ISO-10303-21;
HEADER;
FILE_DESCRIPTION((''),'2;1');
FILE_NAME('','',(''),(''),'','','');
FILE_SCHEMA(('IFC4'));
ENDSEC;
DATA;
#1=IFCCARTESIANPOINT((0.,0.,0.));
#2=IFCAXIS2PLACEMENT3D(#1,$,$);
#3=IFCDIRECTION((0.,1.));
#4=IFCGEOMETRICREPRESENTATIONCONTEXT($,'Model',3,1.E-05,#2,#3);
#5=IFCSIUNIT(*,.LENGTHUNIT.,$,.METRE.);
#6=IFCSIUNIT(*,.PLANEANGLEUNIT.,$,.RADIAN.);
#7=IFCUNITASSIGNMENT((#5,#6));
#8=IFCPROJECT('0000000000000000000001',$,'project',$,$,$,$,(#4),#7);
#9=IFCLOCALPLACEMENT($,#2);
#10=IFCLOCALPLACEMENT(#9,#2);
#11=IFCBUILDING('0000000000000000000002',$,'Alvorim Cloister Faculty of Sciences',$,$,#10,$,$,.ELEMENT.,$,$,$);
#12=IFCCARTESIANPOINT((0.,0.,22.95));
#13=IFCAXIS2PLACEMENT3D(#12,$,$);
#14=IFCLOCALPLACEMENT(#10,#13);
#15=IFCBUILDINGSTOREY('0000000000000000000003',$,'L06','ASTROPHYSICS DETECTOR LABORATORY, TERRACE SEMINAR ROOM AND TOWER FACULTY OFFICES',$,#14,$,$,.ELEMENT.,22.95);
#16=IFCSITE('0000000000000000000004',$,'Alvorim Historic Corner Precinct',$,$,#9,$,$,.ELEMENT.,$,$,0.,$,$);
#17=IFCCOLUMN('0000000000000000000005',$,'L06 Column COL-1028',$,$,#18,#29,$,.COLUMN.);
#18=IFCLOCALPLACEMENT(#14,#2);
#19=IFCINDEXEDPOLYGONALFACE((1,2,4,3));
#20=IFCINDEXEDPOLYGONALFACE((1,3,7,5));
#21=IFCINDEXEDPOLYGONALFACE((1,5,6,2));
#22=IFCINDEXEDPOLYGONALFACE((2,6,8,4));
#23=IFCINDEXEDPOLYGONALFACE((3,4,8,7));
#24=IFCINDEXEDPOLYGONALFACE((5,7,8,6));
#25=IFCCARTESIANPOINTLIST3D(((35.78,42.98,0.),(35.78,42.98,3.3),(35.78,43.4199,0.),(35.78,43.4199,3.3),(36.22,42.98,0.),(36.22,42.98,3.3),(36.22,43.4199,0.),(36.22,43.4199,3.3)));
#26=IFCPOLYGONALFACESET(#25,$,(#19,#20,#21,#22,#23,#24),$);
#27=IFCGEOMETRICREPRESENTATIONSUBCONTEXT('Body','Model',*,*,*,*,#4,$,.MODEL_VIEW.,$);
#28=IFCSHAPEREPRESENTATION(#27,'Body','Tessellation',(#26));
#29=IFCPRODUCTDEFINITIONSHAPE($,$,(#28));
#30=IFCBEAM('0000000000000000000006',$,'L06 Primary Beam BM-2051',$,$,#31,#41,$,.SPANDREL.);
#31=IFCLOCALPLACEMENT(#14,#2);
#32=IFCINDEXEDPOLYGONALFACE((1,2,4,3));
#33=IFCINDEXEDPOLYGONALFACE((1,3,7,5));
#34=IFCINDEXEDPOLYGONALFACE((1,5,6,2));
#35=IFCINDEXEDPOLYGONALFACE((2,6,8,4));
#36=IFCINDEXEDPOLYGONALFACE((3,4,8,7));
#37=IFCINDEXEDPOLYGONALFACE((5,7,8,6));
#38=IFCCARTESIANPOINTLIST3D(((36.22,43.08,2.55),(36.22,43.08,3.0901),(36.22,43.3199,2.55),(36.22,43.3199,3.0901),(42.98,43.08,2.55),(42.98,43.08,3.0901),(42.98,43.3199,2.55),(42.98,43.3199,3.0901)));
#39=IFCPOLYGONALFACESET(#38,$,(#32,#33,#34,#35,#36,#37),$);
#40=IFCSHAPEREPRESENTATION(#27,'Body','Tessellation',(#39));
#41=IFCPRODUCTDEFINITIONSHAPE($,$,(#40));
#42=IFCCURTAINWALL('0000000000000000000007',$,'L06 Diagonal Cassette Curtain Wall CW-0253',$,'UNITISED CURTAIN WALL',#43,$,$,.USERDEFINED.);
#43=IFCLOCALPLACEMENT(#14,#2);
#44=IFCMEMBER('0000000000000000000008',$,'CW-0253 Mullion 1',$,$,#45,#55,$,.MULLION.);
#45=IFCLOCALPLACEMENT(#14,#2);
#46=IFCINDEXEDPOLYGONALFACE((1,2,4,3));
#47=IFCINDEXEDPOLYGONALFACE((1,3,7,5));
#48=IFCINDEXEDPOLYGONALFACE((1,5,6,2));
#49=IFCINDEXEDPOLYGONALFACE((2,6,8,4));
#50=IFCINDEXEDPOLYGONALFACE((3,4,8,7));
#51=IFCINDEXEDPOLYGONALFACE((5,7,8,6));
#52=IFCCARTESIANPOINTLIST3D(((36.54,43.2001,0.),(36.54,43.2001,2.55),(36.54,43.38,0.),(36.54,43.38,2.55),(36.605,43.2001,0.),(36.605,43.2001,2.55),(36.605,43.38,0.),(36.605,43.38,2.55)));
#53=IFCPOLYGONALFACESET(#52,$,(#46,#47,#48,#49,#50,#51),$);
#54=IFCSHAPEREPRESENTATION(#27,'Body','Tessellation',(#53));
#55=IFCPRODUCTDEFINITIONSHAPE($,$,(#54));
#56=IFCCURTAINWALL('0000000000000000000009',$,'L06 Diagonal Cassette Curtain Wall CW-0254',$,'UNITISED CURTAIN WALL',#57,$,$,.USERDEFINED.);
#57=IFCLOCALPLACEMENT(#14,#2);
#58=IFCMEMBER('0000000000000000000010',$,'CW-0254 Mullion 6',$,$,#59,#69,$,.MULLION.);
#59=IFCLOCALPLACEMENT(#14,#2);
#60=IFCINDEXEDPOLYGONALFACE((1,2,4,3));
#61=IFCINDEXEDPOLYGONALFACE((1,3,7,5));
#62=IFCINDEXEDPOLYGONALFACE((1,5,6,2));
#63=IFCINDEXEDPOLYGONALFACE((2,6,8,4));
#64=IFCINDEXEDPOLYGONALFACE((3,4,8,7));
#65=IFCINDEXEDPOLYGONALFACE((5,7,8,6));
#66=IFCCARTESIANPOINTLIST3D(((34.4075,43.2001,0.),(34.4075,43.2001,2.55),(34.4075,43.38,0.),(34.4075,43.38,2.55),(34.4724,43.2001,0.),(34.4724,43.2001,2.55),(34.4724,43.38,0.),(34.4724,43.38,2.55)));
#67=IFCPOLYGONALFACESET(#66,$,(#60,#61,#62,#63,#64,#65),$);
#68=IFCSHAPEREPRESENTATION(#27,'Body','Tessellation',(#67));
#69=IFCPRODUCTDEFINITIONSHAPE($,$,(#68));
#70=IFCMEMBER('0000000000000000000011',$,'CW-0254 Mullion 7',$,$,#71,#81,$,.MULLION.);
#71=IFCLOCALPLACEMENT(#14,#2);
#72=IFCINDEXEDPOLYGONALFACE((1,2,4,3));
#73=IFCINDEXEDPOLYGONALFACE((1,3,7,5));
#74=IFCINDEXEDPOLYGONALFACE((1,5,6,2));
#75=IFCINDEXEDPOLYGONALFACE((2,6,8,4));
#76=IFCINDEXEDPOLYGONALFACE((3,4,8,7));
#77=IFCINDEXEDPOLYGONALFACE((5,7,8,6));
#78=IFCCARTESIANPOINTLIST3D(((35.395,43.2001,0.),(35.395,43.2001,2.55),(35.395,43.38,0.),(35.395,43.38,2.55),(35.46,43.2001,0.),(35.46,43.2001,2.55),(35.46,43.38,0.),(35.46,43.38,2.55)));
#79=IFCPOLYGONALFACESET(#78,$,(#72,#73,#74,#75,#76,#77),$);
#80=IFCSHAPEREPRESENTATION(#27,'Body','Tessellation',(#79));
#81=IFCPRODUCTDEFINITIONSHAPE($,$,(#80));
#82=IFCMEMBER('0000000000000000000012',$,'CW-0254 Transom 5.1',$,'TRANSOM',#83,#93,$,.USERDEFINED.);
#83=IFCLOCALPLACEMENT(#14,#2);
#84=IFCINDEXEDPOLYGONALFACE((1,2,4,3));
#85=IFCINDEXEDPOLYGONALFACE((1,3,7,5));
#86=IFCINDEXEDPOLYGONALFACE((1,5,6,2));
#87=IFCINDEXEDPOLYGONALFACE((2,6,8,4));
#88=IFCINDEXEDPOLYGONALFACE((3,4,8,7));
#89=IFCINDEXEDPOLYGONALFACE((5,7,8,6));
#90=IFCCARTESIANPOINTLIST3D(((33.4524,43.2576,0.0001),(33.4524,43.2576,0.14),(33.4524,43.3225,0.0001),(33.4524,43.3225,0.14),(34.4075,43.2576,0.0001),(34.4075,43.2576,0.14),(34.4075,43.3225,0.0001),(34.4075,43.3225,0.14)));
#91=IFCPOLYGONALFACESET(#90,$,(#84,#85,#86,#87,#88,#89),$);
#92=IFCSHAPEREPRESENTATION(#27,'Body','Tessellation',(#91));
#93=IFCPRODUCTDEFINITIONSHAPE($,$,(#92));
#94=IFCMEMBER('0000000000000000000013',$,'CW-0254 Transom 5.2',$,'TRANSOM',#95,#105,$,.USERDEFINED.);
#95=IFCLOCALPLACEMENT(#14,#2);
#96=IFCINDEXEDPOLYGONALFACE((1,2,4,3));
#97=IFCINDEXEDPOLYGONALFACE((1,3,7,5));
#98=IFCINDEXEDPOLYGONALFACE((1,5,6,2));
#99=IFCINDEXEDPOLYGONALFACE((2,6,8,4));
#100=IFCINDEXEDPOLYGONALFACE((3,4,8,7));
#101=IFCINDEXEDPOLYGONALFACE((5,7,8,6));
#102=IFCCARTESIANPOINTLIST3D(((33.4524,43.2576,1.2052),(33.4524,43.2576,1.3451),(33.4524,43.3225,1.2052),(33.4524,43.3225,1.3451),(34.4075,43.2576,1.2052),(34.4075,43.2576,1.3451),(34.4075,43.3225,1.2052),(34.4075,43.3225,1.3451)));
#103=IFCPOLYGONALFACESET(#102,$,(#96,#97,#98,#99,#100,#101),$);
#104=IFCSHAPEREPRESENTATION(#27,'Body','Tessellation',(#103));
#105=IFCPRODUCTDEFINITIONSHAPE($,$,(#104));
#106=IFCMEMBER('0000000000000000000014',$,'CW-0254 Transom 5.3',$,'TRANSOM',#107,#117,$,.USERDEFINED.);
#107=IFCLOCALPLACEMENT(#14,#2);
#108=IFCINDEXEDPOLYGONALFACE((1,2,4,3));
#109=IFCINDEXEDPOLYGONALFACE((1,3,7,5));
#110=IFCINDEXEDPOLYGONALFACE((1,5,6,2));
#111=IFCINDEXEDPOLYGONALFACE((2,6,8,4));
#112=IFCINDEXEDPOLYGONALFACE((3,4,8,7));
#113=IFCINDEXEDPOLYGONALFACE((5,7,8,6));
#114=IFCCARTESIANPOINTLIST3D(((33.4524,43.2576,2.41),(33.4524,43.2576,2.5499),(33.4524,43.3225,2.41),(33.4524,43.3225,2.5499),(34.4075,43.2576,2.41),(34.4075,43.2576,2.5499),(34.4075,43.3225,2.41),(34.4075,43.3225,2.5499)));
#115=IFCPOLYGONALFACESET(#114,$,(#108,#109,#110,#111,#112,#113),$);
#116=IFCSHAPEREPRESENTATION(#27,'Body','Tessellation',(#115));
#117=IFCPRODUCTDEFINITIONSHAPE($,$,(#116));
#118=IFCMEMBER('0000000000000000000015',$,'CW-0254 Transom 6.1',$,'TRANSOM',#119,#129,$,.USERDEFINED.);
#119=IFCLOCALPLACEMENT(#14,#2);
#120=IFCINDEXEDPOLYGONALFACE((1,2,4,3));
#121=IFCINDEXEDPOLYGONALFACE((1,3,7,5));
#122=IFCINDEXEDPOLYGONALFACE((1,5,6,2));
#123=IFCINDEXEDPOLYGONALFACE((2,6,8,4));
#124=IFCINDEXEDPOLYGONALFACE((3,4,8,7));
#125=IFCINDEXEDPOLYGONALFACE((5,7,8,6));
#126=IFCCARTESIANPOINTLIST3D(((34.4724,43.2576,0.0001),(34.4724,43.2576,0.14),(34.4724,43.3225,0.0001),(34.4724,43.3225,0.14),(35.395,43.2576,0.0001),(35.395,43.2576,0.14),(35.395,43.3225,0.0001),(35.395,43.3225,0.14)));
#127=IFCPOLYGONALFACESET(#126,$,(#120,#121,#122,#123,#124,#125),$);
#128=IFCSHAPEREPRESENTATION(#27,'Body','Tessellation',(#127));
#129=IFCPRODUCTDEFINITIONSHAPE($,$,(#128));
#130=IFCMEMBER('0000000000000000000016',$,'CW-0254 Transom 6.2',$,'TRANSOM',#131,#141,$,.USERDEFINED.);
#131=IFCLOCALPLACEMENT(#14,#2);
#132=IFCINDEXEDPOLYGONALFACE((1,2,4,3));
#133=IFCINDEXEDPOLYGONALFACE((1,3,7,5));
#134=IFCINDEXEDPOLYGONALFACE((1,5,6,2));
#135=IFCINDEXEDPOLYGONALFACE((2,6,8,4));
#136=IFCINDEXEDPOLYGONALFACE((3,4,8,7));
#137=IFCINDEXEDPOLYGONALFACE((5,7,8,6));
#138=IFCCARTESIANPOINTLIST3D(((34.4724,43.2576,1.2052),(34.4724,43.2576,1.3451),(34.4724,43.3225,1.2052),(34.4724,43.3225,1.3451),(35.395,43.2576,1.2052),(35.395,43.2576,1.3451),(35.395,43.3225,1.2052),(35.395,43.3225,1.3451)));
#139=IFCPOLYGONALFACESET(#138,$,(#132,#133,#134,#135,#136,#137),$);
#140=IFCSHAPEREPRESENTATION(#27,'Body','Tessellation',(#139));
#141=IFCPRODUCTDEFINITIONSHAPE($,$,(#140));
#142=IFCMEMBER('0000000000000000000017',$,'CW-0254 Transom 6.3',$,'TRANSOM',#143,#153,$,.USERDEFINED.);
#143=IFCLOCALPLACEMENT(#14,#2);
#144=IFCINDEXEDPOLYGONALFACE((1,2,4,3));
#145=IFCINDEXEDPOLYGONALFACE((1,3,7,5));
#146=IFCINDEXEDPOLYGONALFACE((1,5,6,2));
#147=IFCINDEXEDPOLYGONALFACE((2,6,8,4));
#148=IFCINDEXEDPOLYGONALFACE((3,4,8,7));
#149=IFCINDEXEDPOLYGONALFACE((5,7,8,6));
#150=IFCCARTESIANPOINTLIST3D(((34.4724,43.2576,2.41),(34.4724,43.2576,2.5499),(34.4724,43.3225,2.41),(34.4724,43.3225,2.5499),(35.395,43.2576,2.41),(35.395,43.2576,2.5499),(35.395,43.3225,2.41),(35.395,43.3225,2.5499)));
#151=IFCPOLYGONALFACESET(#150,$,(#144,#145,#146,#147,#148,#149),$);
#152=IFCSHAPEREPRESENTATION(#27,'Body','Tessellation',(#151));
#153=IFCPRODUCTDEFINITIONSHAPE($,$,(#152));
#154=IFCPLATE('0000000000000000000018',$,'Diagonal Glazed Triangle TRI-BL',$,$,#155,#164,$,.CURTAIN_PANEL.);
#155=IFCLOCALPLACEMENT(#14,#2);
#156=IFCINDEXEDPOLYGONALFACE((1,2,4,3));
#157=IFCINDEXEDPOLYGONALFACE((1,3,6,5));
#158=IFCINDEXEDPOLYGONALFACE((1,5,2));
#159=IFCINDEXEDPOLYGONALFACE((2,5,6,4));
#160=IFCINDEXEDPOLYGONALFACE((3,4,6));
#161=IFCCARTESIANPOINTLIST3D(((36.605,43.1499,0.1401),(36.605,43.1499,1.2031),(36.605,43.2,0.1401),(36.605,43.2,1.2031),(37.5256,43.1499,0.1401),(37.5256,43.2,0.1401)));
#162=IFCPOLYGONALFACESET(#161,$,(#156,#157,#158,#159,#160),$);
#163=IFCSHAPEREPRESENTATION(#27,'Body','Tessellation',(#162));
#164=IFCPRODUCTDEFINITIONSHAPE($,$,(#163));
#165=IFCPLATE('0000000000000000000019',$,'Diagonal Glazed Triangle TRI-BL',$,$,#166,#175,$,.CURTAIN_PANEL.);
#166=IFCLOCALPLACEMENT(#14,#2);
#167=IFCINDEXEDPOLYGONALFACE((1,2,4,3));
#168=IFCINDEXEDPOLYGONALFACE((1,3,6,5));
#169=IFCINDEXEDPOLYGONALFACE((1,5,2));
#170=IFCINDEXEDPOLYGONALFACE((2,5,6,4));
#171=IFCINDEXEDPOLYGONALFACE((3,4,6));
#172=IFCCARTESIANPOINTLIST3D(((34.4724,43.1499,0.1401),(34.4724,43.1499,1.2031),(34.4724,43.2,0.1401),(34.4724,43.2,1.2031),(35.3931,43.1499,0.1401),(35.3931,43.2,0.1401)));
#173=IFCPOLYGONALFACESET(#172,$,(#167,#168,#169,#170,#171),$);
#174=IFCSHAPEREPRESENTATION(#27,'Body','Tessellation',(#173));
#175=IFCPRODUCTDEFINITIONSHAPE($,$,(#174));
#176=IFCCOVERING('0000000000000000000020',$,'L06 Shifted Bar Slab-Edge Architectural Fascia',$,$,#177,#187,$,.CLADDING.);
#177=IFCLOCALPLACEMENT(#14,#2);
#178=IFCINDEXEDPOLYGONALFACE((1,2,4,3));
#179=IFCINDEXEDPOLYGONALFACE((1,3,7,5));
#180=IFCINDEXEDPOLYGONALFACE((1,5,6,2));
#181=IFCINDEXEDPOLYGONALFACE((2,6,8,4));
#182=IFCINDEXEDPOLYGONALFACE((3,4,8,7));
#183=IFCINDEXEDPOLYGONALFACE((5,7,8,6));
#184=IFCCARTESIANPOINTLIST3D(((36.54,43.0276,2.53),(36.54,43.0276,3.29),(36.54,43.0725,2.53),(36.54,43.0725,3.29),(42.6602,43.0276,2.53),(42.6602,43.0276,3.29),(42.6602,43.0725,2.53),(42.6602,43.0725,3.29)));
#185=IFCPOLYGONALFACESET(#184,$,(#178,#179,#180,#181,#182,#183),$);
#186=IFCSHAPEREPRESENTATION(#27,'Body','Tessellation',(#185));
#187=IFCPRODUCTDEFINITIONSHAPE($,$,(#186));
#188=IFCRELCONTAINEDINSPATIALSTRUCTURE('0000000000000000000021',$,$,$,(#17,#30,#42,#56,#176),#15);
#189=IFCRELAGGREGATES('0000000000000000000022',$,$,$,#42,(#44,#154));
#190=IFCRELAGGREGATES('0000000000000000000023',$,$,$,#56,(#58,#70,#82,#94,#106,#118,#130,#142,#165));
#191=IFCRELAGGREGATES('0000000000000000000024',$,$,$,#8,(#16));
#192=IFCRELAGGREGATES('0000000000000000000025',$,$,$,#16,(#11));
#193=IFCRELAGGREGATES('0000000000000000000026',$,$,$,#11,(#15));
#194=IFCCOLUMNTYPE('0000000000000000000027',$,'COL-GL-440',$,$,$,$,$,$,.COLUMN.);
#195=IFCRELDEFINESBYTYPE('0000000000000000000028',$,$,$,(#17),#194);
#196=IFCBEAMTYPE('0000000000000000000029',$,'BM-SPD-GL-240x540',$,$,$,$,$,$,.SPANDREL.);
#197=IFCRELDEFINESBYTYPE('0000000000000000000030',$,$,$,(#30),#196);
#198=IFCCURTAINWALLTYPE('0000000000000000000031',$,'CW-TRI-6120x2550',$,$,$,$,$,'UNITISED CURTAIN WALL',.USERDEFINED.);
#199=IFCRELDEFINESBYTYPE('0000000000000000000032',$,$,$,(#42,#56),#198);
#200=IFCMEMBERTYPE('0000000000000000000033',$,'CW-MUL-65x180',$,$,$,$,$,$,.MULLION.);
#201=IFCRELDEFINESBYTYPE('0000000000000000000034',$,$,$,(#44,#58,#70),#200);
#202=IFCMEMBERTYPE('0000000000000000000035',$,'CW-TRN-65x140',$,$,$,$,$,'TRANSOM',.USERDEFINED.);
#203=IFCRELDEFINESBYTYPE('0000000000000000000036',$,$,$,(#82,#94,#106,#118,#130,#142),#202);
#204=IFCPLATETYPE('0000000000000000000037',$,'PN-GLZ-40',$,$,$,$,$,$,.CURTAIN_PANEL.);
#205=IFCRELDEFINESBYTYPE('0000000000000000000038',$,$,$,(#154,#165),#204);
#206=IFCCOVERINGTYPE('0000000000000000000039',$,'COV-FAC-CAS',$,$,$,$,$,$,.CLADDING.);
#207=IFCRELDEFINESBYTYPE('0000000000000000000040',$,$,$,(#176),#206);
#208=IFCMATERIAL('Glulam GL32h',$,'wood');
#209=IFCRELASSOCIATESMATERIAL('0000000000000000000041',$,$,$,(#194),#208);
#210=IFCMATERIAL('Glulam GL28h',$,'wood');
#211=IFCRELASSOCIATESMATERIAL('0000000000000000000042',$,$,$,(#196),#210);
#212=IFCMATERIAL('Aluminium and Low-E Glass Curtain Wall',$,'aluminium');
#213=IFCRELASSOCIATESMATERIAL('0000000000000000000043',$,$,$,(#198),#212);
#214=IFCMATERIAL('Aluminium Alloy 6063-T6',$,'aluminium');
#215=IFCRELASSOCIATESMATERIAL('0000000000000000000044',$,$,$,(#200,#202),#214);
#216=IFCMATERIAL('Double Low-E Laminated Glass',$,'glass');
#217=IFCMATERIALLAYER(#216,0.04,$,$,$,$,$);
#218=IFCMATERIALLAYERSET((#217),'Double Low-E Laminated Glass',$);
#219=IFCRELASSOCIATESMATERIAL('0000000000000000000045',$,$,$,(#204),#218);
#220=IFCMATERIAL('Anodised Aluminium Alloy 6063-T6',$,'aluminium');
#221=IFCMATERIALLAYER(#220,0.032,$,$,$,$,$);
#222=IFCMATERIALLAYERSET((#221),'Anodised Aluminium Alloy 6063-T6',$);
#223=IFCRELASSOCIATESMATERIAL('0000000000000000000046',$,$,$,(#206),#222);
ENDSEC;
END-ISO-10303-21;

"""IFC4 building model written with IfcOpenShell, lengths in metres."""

from ifc_helpers import new_model, si_unit, direction, frame, origin, origin_2d, place, context, subcontext, project, spatial, polyline, rectangle, outline, extrude, material, layer, layer_set, material_profile, profile_set, type_object, element, aggregate, save


model = new_model("IFC4")

# Units and contexts
model_context = context("Model", 3, precision=1e-05, world=origin(), true_north=direction((0.0, 1.0)))
body_context = subcontext(model_context, "Body", "Model", "MODEL_VIEW")
ifc_project = project(units=[si_unit("LENGTHUNIT", "METRE"), si_unit("PLANEANGLEUNIT", "RADIAN")], contexts=[model_context])

# Site, building, storey
site_placement = place(None, origin())
site = spatial("IfcSite", under=ifc_project, at=site_placement, Name="Alvorim Historic Corner Precinct", CompositionType="ELEMENT", RefElevation=0.0)
building_placement = place(site_placement, origin())
building = spatial("IfcBuilding", under=site, at=building_placement, Name="Alvorim Cloister Faculty of Sciences", CompositionType="ELEMENT")
storey_placement = place(building_placement, frame((0.0, 0.0, 22.95)))
storey = spatial("IfcBuildingStorey", under=building, at=storey_placement, Name="L06", Description="ASTROPHYSICS DETECTOR LABORATORY, TERRACE SEMINAR ROOM AND TOWER FACULTY OFFICES", CompositionType="ELEMENT", Elevation=22.95)

# Column
ifc_material_1 = material(Name="Glulam GL32h", Category="wood")
ifc_material_profile_1 = material_profile(ifc_material_1, rectangle(XDim=0.4399, YDim=0.4399, at=origin_2d()), Name="GL32-COL-440x440")
ifc_profile_set_1 = profile_set([ifc_material_profile_1], Name="Glulam GL32h")
column_type = type_object("IfcColumnType", Name="COL-GL-440", PredefinedType="COLUMN", material=ifc_profile_set_1)
column_placement = place(storey_placement, frame((36.0, 43.2, 0.0), z_axis=(0.0, 0.0, 1.0), x_axis=(1.0, 0.0, 0.0)))
element("IfcColumn", 1, at=column_placement, inside=storey, type_object=column_type, Name="L06 Column COL-1028", PredefinedType="COLUMN", context=body_context, shape_type="SweptSolid", body=[
    extrude(rectangle(XDim=0.4399, YDim=0.4399, at=origin_2d()), origin(), (0.0, 0.0, 1.0), 3.3),
])

# Beam
ifc_material_2 = material(Name="Glulam GL28h", Category="wood")
ifc_material_profile_2 = material_profile(ifc_material_2, rectangle(XDim=0.24, YDim=0.54, at=origin_2d()), Name="GL28-SPD-240x540")
ifc_profile_set_2 = profile_set([ifc_material_profile_2], Name="Glulam GL28h")
beam_type = type_object("IfcBeamType", Name="BM-SPD-GL-240x540", PredefinedType="SPANDREL", material=ifc_profile_set_2)
beam_placement = place(storey_placement, frame((36.22, 43.2, 2.8201), z_axis=(1.0, 0.0, 0.0), x_axis=(0.0, 1.0, 0.0)))
element("IfcBeam", 2, at=beam_placement, inside=storey, type_object=beam_type, Name="L06 Primary Beam BM-2051", PredefinedType="SPANDREL", context=body_context, shape_type="SweptSolid", body=[
    extrude(rectangle(XDim=0.24, YDim=0.54, at=origin_2d()), origin(), (0.0, 0.0, 1.0), 6.76),
])

# Curtain wall, member
ifc_material_3 = material(Name="Aluminium and Low-E Glass Curtain Wall", Category="aluminium")
curtain_wall_type = type_object("IfcCurtainWallType", Name="CW-TRI-6120x2550", ElementType="UNITISED CURTAIN WALL", PredefinedType="USERDEFINED", material=ifc_material_3)
curtain_wall_1_placement = place(storey_placement, origin())
curtain_wall_1 = element("IfcCurtainWall", 3, at=curtain_wall_1_placement, inside=storey, type_object=curtain_wall_type, Name="L06 Diagonal Cassette Curtain Wall CW-0253", ObjectType="UNITISED CURTAIN WALL", PredefinedType="USERDEFINED")
ifc_material_4 = material(Name="Aluminium Alloy 6063-T6", Category="aluminium")
ifc_material_profile_3 = material_profile(ifc_material_4, rectangle(XDim=0.0649, YDim=0.1799, at=origin_2d()), Name="ALU-MUL-65x180")
ifc_profile_set_3 = profile_set([ifc_material_profile_3], Name="Aluminium Alloy 6063-T6")
member_type_1 = type_object("IfcMemberType", Name="CW-MUL-65x180", PredefinedType="MULLION", material=ifc_profile_set_3)
member_1_placement = place(storey_placement, frame((36.5725, 43.29, 0.0), z_axis=(0.0, 0.0, 1.0), x_axis=(1.0, 0.0, 0.0)))
member_1 = element("IfcMember", 4, at=member_1_placement, type_object=member_type_1, Name="CW-0253 Mullion 1", PredefinedType="MULLION", context=body_context, shape_type="SweptSolid", body=[
    extrude(rectangle(XDim=0.0649, YDim=0.1799, at=origin_2d()), origin(), (0.0, 0.0, 1.0), 2.55),
])

# Curtain wall, members
curtain_wall_2_placement = place(storey_placement, origin())
curtain_wall_2 = element("IfcCurtainWall", 5, at=curtain_wall_2_placement, inside=storey, type_object=curtain_wall_type, Name="L06 Diagonal Cassette Curtain Wall CW-0254", ObjectType="UNITISED CURTAIN WALL", PredefinedType="USERDEFINED")
member_2_placement = place(storey_placement, frame((34.4399, 43.29, 0.0), z_axis=(0.0, 0.0, 1.0), x_axis=(1.0, 0.0, 0.0)))
member_2 = element("IfcMember", 6, at=member_2_placement, type_object=member_type_1, Name="CW-0254 Mullion 6", PredefinedType="MULLION", context=body_context, shape_type="SweptSolid", body=[
    extrude(rectangle(XDim=0.0649, YDim=0.1799, at=origin_2d()), origin(), (0.0, 0.0, 1.0), 2.55),
])
member_3_placement = place(storey_placement, frame((35.4275, 43.29, 0.0), z_axis=(0.0, 0.0, 1.0), x_axis=(1.0, 0.0, 0.0)))
member_3 = element("IfcMember", 7, at=member_3_placement, type_object=member_type_1, Name="CW-0254 Mullion 7", PredefinedType="MULLION", context=body_context, shape_type="SweptSolid", body=[
    extrude(rectangle(XDim=0.0649, YDim=0.1799, at=origin_2d()), origin(), (0.0, 0.0, 1.0), 2.55),
])
ifc_material_profile_4 = material_profile(ifc_material_4, rectangle(XDim=0.0649, YDim=0.1399, at=origin_2d()), Name="ALU-TRN-65x140")
ifc_profile_set_4 = profile_set([ifc_material_profile_4], Name="Aluminium Alloy 6063-T6")
member_type_2 = type_object("IfcMemberType", Name="CW-TRN-65x140", ElementType="TRANSOM", PredefinedType="USERDEFINED", material=ifc_profile_set_4)
member_4_placement = place(storey_placement, frame((33.4524, 43.29, 0.0701), z_axis=(1.0, 0.0, 0.0), x_axis=(0.0, 1.0, 0.0)))
member_4 = element("IfcMember", 8, at=member_4_placement, type_object=member_type_2, Name="CW-0254 Transom 5.1", ObjectType="TRANSOM", PredefinedType="USERDEFINED", context=body_context, shape_type="SweptSolid", body=[
    extrude(rectangle(XDim=0.0649, YDim=0.1399, at=origin_2d()), origin(), (0.0, 0.0, 1.0), 0.9551),
])
member_5_placement = place(storey_placement, frame((33.4524, 43.29, 1.2751), z_axis=(1.0, 0.0, 0.0), x_axis=(0.0, 1.0, 0.0)))
member_5 = element("IfcMember", 9, at=member_5_placement, type_object=member_type_2, Name="CW-0254 Transom 5.2", ObjectType="TRANSOM", PredefinedType="USERDEFINED", context=body_context, shape_type="SweptSolid", body=[
    extrude(rectangle(XDim=0.0649, YDim=0.1399, at=origin_2d()), origin(), (0.0, 0.0, 1.0), 0.9551),
])
member_6_placement = place(storey_placement, frame((33.4524, 43.29, 2.48), z_axis=(1.0, 0.0, 0.0), x_axis=(0.0, 1.0, 0.0)))
member_6 = element("IfcMember", 10, at=member_6_placement, type_object=member_type_2, Name="CW-0254 Transom 5.3", ObjectType="TRANSOM", PredefinedType="USERDEFINED", context=body_context, shape_type="SweptSolid", body=[
    extrude(rectangle(XDim=0.0649, YDim=0.1399, at=origin_2d()), origin(), (0.0, 0.0, 1.0), 0.9551),
])
member_7_placement = place(storey_placement, frame((34.4724, 43.29, 0.0701), z_axis=(1.0, 0.0, 0.0), x_axis=(0.0, 1.0, 0.0)))
member_7 = element("IfcMember", 11, at=member_7_placement, type_object=member_type_2, Name="CW-0254 Transom 6.1", ObjectType="TRANSOM", PredefinedType="USERDEFINED", context=body_context, shape_type="SweptSolid", body=[
    extrude(rectangle(XDim=0.0649, YDim=0.1399, at=origin_2d()), origin(), (0.0, 0.0, 1.0), 0.9226),
])
member_8_placement = place(storey_placement, frame((34.4724, 43.29, 1.2751), z_axis=(1.0, 0.0, 0.0), x_axis=(0.0, 1.0, 0.0)))
member_8 = element("IfcMember", 12, at=member_8_placement, type_object=member_type_2, Name="CW-0254 Transom 6.2", ObjectType="TRANSOM", PredefinedType="USERDEFINED", context=body_context, shape_type="SweptSolid", body=[
    extrude(rectangle(XDim=0.0649, YDim=0.1399, at=origin_2d()), origin(), (0.0, 0.0, 1.0), 0.9226),
])
member_9_placement = place(storey_placement, frame((34.4724, 43.29, 2.48), z_axis=(1.0, 0.0, 0.0), x_axis=(0.0, 1.0, 0.0)))
member_9 = element("IfcMember", 13, at=member_9_placement, type_object=member_type_2, Name="CW-0254 Transom 6.3", ObjectType="TRANSOM", PredefinedType="USERDEFINED", context=body_context, shape_type="SweptSolid", body=[
    extrude(rectangle(XDim=0.0649, YDim=0.1399, at=origin_2d()), origin(), (0.0, 0.0, 1.0), 0.9226),
])

# Plates
ifc_material_5 = material(Name="Double Low-E Laminated Glass", Category="glass")
ifc_layer_1 = layer(ifc_material_5, 0.04)
ifc_layer_set_1 = layer_set([ifc_layer_1], Name="Double Low-E Laminated Glass")
plate_type = type_object("IfcPlateType", Name="PN-GLZ-40", PredefinedType="CURTAIN_PANEL", material=ifc_layer_set_1)
plate_1_placement = place(storey_placement, frame((36.605, 43.175, 0.1401), z_axis=(0.0, 0.0, 1.0), x_axis=(1.0, 0.0, 0.0)))
plate_1 = element("IfcPlate", 14, at=plate_1_placement, type_object=plate_type, Name="Diagonal Glazed Triangle TRI-BL", PredefinedType="CURTAIN_PANEL", context=body_context, shape_type="SweptSolid", body=[
    extrude(outline(polyline([(0.0, 0.0), (0.9207, 0.0), (0.0, 1.063), (0.0, 0.0)])), frame((0.0, 0.0249, 0.0), z_axis=(0.0, -1.0, 0.0), x_axis=(1.0, 0.0, 0.0)), (0.0, 0.0, 1.0), 0.05),
])
aggregate(curtain_wall_1, [member_1, plate_1])
plate_2_placement = place(storey_placement, frame((34.4724, 43.175, 0.1401), z_axis=(0.0, 0.0, 1.0), x_axis=(1.0, 0.0, 0.0)))
plate_2 = element("IfcPlate", 15, at=plate_2_placement, type_object=plate_type, Name="Diagonal Glazed Triangle TRI-BL", PredefinedType="CURTAIN_PANEL", context=body_context, shape_type="SweptSolid", body=[
    extrude(outline(polyline([(0.0, 0.0), (0.9207, 0.0), (0.0, 1.063), (0.0, 0.0)])), frame((0.0, 0.0249, 0.0), z_axis=(0.0, -1.0, 0.0), x_axis=(1.0, 0.0, 0.0)), (0.0, 0.0, 1.0), 0.05),
])
aggregate(curtain_wall_2, [member_2, member_3, member_4, member_5, member_6, member_7, member_8, member_9, plate_2])

# Covering
ifc_material_6 = material(Name="Anodised Aluminium Alloy 6063-T6", Category="aluminium")
ifc_layer_2 = layer(ifc_material_6, 0.032)
ifc_layer_set_2 = layer_set([ifc_layer_2], Name="Anodised Aluminium Alloy 6063-T6")
covering_type = type_object("IfcCoveringType", Name="COV-FAC-CAS", PredefinedType="CLADDING", material=ifc_layer_set_2)
covering_placement = place(storey_placement, frame((36.54, 43.05, 2.53), z_axis=(0.0, 0.0, 1.0), x_axis=(1.0, 0.0, 0.0)))
element("IfcCovering", 16, at=covering_placement, inside=storey, type_object=covering_type, Name="L06 Shifted Bar Slab-Edge Architectural Fascia", PredefinedType="CLADDING", context=body_context, shape_type="SweptSolid", body=[
    extrude(outline(polyline([(0.0, 0.0), (6.1201, 0.0), (6.1201, 0.76), (0.0, 0.76), (0.0, 0.0)])), frame((0.0, 0.0225, 0.0), z_axis=(0.0, -1.0, 0.0), x_axis=(1.0, 0.0, 0.0)), (0.0, 0.0, 1.0), 0.0449),
])

save(model, "model.ifc")
